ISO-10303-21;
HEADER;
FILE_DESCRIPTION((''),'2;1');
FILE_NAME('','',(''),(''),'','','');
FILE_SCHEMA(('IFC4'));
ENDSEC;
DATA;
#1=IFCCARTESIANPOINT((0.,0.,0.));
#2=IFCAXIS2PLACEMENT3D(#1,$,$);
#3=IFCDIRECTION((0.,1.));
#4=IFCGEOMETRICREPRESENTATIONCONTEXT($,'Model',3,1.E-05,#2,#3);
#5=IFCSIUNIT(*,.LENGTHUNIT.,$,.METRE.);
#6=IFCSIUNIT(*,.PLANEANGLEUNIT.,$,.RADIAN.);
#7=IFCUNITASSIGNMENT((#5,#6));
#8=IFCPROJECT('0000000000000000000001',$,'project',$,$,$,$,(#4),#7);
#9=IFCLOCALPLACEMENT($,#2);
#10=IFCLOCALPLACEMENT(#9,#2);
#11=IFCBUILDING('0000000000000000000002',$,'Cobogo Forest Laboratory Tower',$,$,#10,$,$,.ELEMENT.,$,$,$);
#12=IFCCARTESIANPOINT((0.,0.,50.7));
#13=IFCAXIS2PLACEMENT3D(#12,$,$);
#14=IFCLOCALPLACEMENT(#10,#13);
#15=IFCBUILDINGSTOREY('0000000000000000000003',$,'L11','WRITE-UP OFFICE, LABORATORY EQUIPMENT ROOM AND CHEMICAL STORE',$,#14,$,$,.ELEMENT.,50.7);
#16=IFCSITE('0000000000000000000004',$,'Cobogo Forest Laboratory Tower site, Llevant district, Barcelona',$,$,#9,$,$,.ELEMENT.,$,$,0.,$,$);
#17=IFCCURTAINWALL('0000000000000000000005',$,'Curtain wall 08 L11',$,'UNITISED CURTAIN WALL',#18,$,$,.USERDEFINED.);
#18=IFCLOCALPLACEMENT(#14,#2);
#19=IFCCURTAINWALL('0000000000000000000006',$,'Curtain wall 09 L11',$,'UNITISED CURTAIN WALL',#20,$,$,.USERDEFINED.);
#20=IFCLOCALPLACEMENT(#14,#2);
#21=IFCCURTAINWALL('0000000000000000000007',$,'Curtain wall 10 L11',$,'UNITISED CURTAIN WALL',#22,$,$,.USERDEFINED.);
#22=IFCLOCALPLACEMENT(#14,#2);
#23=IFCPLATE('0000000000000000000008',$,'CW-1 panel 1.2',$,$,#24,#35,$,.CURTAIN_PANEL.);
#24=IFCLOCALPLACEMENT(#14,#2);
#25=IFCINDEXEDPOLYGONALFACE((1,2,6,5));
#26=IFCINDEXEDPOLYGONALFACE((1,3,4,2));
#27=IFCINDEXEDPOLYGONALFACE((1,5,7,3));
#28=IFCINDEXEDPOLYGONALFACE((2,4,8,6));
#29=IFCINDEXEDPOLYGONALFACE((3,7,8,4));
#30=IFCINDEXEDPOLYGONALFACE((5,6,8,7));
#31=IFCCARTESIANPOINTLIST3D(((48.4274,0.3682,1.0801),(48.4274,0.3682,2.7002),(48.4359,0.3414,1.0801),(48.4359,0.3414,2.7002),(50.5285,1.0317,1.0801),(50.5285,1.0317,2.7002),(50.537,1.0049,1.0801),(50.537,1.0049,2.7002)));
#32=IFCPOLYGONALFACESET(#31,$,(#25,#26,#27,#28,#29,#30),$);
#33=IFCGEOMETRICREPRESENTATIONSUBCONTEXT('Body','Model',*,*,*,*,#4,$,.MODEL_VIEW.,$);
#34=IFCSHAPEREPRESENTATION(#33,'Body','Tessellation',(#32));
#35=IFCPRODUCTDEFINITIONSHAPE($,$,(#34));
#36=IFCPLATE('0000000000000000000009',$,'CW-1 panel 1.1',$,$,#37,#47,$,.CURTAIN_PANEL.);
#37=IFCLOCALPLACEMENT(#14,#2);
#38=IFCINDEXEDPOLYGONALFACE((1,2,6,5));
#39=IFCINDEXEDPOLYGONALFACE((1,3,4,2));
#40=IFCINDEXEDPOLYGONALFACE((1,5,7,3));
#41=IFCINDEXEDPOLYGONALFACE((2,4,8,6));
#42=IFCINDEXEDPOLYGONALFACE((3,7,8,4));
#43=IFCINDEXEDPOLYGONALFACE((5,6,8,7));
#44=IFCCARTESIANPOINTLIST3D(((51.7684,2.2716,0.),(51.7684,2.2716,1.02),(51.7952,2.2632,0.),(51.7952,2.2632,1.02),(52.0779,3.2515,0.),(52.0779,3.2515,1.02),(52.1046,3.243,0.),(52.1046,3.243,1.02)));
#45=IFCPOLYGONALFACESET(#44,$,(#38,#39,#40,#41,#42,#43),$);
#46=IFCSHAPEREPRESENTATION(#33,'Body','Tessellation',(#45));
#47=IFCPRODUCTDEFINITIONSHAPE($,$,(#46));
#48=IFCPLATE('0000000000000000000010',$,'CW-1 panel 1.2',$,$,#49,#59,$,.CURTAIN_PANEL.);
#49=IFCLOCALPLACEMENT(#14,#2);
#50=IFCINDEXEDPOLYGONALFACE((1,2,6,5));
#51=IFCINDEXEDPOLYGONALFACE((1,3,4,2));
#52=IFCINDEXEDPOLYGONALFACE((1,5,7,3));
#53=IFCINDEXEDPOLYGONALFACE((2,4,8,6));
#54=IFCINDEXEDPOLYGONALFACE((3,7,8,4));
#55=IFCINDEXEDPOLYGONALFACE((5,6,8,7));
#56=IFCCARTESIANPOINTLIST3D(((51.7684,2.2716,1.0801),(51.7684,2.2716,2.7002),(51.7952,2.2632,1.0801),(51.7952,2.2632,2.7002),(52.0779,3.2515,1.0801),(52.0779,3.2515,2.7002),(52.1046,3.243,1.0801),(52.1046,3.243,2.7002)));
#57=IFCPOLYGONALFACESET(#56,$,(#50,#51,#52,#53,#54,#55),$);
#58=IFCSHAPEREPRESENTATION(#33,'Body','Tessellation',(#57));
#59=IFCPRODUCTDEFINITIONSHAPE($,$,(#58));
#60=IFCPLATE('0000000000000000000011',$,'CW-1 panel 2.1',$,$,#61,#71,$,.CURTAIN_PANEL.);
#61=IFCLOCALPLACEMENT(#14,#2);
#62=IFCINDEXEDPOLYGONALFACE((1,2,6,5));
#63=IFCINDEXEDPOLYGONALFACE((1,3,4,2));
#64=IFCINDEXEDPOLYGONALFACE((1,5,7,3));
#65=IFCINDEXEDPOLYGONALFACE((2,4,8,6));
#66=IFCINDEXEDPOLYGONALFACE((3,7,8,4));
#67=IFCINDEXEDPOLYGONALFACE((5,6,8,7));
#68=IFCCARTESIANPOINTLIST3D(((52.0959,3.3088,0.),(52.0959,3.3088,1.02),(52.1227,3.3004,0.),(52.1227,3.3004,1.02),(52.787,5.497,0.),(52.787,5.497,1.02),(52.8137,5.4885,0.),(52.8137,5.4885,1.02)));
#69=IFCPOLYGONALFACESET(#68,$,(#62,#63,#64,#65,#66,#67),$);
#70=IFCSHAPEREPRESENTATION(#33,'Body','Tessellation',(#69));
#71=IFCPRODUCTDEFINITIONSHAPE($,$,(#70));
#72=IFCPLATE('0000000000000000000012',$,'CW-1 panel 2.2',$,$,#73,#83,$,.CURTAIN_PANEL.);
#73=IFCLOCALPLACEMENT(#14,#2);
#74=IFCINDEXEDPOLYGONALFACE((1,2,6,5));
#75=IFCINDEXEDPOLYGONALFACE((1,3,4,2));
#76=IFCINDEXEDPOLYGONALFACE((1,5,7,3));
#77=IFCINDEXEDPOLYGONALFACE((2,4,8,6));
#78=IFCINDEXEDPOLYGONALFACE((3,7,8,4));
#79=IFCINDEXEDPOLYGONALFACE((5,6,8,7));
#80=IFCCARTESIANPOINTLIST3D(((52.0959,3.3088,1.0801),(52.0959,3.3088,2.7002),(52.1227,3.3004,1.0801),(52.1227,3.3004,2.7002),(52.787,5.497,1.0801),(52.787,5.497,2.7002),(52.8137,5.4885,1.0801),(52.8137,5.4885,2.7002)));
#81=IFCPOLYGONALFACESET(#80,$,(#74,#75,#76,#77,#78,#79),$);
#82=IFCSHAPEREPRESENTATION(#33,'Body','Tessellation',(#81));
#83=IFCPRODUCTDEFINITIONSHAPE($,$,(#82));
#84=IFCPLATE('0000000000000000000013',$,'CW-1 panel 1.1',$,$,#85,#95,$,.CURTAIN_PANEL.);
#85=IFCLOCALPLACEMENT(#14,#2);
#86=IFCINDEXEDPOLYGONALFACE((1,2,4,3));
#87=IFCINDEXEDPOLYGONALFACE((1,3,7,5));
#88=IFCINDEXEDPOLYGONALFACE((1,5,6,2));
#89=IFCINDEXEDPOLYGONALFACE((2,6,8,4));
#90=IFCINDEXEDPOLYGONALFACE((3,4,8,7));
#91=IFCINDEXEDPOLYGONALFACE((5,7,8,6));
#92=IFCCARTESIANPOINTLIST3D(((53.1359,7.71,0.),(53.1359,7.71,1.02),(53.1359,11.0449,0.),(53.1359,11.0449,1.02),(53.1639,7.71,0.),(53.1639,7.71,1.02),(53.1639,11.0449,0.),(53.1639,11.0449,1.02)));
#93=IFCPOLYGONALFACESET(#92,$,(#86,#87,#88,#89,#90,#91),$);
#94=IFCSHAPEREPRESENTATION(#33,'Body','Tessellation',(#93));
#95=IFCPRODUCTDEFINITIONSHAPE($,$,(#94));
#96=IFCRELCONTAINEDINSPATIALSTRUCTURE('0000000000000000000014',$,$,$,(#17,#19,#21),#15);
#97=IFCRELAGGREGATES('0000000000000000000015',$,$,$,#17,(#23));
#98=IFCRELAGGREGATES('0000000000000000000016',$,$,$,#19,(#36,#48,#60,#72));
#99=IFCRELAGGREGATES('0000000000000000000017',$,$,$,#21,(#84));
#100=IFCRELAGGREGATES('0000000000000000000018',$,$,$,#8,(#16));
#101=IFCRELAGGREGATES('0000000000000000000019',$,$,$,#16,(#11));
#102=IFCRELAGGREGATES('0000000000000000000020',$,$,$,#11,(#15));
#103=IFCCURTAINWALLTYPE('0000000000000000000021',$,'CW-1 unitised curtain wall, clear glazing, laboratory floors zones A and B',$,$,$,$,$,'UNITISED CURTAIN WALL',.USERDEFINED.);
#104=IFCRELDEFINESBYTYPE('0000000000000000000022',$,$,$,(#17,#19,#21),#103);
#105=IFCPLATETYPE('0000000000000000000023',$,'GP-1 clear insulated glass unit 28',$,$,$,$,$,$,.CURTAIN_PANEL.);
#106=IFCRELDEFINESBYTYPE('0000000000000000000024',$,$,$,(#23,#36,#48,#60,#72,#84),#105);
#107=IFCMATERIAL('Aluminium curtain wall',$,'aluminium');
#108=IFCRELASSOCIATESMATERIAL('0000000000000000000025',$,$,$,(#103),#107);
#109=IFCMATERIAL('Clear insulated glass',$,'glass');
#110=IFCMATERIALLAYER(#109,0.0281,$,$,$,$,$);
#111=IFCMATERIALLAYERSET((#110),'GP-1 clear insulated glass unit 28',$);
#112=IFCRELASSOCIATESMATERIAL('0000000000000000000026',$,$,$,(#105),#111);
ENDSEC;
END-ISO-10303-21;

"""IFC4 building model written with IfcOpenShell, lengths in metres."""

from ifc_helpers import new_model, si_unit, direction, frame, origin, origin_2d, place, context, subcontext, project, spatial, rectangle, extrude, material, layer, layer_set, type_object, element, aggregate, save


model = new_model("IFC4")

# Units and contexts
model_context = context("Model", 3, precision=1e-05, world=origin(), true_north=direction((0.0, 1.0)))
body_context = subcontext(model_context, "Body", "Model", "MODEL_VIEW")
ifc_project = project(units=[si_unit("LENGTHUNIT", "METRE"), si_unit("PLANEANGLEUNIT", "RADIAN")], contexts=[model_context])

# Site, building, storey
site_placement = place(None, origin())
site = spatial("IfcSite", under=ifc_project, at=site_placement, Name="Cobogo Forest Laboratory Tower site, Llevant district, Barcelona", CompositionType="ELEMENT", RefElevation=0.0)
building_placement = place(site_placement, origin())
building = spatial("IfcBuilding", under=site, at=building_placement, Name="Cobogo Forest Laboratory Tower", CompositionType="ELEMENT")
storey_placement = place(building_placement, frame((0.0, 0.0, 50.7)))
storey = spatial("IfcBuildingStorey", under=building, at=storey_placement, Name="L11", Description="WRITE-UP OFFICE, LABORATORY EQUIPMENT ROOM AND CHEMICAL STORE", CompositionType="ELEMENT", Elevation=50.7)

# Curtain walls
ifc_material_1 = material(Name="Aluminium curtain wall", Category="aluminium")
curtain_wall_type = type_object("IfcCurtainWallType", Name="CW-1 unitised curtain wall, clear glazing, laboratory floors zones A and B", ElementType="UNITISED CURTAIN WALL", PredefinedType="USERDEFINED", material=ifc_material_1)
curtain_wall_1_placement = place(storey_placement, origin())
curtain_wall_1 = element("IfcCurtainWall", 1, at=curtain_wall_1_placement, inside=storey, type_object=curtain_wall_type, Name="Curtain wall 08 L11", ObjectType="UNITISED CURTAIN WALL", PredefinedType="USERDEFINED")
curtain_wall_2_placement = place(storey_placement, origin())
curtain_wall_2 = element("IfcCurtainWall", 2, at=curtain_wall_2_placement, inside=storey, type_object=curtain_wall_type, Name="Curtain wall 09 L11", ObjectType="UNITISED CURTAIN WALL", PredefinedType="USERDEFINED")

# Curtain wall
curtain_wall_3_placement = place(storey_placement, origin())
curtain_wall_3 = element("IfcCurtainWall", 3, at=curtain_wall_3_placement, inside=storey, type_object=curtain_wall_type, Name="Curtain wall 10 L11", ObjectType="UNITISED CURTAIN WALL", PredefinedType="USERDEFINED")

# Plates
ifc_material_2 = material(Name="Clear insulated glass", Category="glass")
ifc_layer = layer(ifc_material_2, 0.0281)
ifc_layer_set = layer_set([ifc_layer], Name="GP-1 clear insulated glass unit 28")
plate_type_1 = type_object("IfcPlateType", Name="GP-1 clear insulated glass unit 28", PredefinedType="CURTAIN_PANEL", material=ifc_layer_set)
plate_1_placement = place(storey_placement, frame((49.4822, 0.6865, 1.0801), z_axis=(0.0, 0.0, 1.0), x_axis=(0.953581, 0.301135, 0.0)))
plate_1 = element("IfcPlate", 4, at=plate_1_placement, type_object=plate_type_1, Name="CW-1 panel 1.2", PredefinedType="CURTAIN_PANEL", context=body_context, shape_type="SweptSolid", body=[
    extrude(rectangle(XDim=2.2034, YDim=0.0281, at=origin_2d()), origin(), (0.0, 0.0, 1.0), 1.6201),
])
aggregate(curtain_wall_1, [plate_1])
plate_2_placement = place(storey_placement, frame((51.9365, 2.7573, 0.0), z_axis=(0.0, 0.0, 1.0), x_axis=(0.301135, 0.953581, 0.0)))
plate_2 = element("IfcPlate", 5, at=plate_2_placement, type_object=plate_type_1, Name="CW-1 panel 1.1", PredefinedType="CURTAIN_PANEL", context=body_context, shape_type="SweptSolid", body=[
    extrude(rectangle(XDim=1.0276, YDim=0.0281, at=origin_2d()), origin(), (0.0, 0.0, 1.0), 1.02),
])
plate_3_placement = place(storey_placement, frame((51.9365, 2.7573, 1.0801), z_axis=(0.0, 0.0, 1.0), x_axis=(0.301135, 0.953581, 0.0)))
plate_3 = element("IfcPlate", 6, at=plate_3_placement, type_object=plate_type_1, Name="CW-1 panel 1.2", PredefinedType="CURTAIN_PANEL", context=body_context, shape_type="SweptSolid", body=[
    extrude(rectangle(XDim=1.0276, YDim=0.0281, at=origin_2d()), origin(), (0.0, 0.0, 1.0), 1.6201),
])
plate_4_placement = place(storey_placement, frame((52.4548, 4.3987, 0.0), z_axis=(0.0, 0.0, 1.0), x_axis=(0.301135, 0.953581, 0.0)))
plate_4 = element("IfcPlate", 7, at=plate_4_placement, type_object=plate_type_1, Name="CW-1 panel 2.1", PredefinedType="CURTAIN_PANEL", context=body_context, shape_type="SweptSolid", body=[
    extrude(rectangle(XDim=2.2947, YDim=0.0281, at=origin_2d()), origin(), (0.0, 0.0, 1.0), 1.02),
])
plate_5_placement = place(storey_placement, frame((52.4548, 4.3987, 1.0801), z_axis=(0.0, 0.0, 1.0), x_axis=(0.301135, 0.953581, 0.0)))
plate_5 = element("IfcPlate", 8, at=plate_5_placement, type_object=plate_type_1, Name="CW-1 panel 2.2", PredefinedType="CURTAIN_PANEL", context=body_context, shape_type="SweptSolid", body=[
    extrude(rectangle(XDim=2.2947, YDim=0.0281, at=origin_2d()), origin(), (0.0, 0.0, 1.0), 1.6201),
])
aggregate(curtain_wall_2, [plate_2, plate_3, plate_4, plate_5])
plate_6_placement = place(storey_placement, frame((53.1499, 9.3774, 0.0), z_axis=(0.0, 0.0, 1.0), x_axis=(0.0, 1.0, 0.0)))
plate_6 = element("IfcPlate", 9, at=plate_6_placement, type_object=plate_type_1, Name="CW-1 panel 1.1", PredefinedType="CURTAIN_PANEL", context=body_context, shape_type="SweptSolid", body=[
    extrude(rectangle(XDim=3.335, YDim=0.0281, at=origin_2d()), origin(), (0.0, 0.0, 1.0), 1.02),
])
aggregate(curtain_wall_3, [plate_6])

save(model, "model.ifc")
